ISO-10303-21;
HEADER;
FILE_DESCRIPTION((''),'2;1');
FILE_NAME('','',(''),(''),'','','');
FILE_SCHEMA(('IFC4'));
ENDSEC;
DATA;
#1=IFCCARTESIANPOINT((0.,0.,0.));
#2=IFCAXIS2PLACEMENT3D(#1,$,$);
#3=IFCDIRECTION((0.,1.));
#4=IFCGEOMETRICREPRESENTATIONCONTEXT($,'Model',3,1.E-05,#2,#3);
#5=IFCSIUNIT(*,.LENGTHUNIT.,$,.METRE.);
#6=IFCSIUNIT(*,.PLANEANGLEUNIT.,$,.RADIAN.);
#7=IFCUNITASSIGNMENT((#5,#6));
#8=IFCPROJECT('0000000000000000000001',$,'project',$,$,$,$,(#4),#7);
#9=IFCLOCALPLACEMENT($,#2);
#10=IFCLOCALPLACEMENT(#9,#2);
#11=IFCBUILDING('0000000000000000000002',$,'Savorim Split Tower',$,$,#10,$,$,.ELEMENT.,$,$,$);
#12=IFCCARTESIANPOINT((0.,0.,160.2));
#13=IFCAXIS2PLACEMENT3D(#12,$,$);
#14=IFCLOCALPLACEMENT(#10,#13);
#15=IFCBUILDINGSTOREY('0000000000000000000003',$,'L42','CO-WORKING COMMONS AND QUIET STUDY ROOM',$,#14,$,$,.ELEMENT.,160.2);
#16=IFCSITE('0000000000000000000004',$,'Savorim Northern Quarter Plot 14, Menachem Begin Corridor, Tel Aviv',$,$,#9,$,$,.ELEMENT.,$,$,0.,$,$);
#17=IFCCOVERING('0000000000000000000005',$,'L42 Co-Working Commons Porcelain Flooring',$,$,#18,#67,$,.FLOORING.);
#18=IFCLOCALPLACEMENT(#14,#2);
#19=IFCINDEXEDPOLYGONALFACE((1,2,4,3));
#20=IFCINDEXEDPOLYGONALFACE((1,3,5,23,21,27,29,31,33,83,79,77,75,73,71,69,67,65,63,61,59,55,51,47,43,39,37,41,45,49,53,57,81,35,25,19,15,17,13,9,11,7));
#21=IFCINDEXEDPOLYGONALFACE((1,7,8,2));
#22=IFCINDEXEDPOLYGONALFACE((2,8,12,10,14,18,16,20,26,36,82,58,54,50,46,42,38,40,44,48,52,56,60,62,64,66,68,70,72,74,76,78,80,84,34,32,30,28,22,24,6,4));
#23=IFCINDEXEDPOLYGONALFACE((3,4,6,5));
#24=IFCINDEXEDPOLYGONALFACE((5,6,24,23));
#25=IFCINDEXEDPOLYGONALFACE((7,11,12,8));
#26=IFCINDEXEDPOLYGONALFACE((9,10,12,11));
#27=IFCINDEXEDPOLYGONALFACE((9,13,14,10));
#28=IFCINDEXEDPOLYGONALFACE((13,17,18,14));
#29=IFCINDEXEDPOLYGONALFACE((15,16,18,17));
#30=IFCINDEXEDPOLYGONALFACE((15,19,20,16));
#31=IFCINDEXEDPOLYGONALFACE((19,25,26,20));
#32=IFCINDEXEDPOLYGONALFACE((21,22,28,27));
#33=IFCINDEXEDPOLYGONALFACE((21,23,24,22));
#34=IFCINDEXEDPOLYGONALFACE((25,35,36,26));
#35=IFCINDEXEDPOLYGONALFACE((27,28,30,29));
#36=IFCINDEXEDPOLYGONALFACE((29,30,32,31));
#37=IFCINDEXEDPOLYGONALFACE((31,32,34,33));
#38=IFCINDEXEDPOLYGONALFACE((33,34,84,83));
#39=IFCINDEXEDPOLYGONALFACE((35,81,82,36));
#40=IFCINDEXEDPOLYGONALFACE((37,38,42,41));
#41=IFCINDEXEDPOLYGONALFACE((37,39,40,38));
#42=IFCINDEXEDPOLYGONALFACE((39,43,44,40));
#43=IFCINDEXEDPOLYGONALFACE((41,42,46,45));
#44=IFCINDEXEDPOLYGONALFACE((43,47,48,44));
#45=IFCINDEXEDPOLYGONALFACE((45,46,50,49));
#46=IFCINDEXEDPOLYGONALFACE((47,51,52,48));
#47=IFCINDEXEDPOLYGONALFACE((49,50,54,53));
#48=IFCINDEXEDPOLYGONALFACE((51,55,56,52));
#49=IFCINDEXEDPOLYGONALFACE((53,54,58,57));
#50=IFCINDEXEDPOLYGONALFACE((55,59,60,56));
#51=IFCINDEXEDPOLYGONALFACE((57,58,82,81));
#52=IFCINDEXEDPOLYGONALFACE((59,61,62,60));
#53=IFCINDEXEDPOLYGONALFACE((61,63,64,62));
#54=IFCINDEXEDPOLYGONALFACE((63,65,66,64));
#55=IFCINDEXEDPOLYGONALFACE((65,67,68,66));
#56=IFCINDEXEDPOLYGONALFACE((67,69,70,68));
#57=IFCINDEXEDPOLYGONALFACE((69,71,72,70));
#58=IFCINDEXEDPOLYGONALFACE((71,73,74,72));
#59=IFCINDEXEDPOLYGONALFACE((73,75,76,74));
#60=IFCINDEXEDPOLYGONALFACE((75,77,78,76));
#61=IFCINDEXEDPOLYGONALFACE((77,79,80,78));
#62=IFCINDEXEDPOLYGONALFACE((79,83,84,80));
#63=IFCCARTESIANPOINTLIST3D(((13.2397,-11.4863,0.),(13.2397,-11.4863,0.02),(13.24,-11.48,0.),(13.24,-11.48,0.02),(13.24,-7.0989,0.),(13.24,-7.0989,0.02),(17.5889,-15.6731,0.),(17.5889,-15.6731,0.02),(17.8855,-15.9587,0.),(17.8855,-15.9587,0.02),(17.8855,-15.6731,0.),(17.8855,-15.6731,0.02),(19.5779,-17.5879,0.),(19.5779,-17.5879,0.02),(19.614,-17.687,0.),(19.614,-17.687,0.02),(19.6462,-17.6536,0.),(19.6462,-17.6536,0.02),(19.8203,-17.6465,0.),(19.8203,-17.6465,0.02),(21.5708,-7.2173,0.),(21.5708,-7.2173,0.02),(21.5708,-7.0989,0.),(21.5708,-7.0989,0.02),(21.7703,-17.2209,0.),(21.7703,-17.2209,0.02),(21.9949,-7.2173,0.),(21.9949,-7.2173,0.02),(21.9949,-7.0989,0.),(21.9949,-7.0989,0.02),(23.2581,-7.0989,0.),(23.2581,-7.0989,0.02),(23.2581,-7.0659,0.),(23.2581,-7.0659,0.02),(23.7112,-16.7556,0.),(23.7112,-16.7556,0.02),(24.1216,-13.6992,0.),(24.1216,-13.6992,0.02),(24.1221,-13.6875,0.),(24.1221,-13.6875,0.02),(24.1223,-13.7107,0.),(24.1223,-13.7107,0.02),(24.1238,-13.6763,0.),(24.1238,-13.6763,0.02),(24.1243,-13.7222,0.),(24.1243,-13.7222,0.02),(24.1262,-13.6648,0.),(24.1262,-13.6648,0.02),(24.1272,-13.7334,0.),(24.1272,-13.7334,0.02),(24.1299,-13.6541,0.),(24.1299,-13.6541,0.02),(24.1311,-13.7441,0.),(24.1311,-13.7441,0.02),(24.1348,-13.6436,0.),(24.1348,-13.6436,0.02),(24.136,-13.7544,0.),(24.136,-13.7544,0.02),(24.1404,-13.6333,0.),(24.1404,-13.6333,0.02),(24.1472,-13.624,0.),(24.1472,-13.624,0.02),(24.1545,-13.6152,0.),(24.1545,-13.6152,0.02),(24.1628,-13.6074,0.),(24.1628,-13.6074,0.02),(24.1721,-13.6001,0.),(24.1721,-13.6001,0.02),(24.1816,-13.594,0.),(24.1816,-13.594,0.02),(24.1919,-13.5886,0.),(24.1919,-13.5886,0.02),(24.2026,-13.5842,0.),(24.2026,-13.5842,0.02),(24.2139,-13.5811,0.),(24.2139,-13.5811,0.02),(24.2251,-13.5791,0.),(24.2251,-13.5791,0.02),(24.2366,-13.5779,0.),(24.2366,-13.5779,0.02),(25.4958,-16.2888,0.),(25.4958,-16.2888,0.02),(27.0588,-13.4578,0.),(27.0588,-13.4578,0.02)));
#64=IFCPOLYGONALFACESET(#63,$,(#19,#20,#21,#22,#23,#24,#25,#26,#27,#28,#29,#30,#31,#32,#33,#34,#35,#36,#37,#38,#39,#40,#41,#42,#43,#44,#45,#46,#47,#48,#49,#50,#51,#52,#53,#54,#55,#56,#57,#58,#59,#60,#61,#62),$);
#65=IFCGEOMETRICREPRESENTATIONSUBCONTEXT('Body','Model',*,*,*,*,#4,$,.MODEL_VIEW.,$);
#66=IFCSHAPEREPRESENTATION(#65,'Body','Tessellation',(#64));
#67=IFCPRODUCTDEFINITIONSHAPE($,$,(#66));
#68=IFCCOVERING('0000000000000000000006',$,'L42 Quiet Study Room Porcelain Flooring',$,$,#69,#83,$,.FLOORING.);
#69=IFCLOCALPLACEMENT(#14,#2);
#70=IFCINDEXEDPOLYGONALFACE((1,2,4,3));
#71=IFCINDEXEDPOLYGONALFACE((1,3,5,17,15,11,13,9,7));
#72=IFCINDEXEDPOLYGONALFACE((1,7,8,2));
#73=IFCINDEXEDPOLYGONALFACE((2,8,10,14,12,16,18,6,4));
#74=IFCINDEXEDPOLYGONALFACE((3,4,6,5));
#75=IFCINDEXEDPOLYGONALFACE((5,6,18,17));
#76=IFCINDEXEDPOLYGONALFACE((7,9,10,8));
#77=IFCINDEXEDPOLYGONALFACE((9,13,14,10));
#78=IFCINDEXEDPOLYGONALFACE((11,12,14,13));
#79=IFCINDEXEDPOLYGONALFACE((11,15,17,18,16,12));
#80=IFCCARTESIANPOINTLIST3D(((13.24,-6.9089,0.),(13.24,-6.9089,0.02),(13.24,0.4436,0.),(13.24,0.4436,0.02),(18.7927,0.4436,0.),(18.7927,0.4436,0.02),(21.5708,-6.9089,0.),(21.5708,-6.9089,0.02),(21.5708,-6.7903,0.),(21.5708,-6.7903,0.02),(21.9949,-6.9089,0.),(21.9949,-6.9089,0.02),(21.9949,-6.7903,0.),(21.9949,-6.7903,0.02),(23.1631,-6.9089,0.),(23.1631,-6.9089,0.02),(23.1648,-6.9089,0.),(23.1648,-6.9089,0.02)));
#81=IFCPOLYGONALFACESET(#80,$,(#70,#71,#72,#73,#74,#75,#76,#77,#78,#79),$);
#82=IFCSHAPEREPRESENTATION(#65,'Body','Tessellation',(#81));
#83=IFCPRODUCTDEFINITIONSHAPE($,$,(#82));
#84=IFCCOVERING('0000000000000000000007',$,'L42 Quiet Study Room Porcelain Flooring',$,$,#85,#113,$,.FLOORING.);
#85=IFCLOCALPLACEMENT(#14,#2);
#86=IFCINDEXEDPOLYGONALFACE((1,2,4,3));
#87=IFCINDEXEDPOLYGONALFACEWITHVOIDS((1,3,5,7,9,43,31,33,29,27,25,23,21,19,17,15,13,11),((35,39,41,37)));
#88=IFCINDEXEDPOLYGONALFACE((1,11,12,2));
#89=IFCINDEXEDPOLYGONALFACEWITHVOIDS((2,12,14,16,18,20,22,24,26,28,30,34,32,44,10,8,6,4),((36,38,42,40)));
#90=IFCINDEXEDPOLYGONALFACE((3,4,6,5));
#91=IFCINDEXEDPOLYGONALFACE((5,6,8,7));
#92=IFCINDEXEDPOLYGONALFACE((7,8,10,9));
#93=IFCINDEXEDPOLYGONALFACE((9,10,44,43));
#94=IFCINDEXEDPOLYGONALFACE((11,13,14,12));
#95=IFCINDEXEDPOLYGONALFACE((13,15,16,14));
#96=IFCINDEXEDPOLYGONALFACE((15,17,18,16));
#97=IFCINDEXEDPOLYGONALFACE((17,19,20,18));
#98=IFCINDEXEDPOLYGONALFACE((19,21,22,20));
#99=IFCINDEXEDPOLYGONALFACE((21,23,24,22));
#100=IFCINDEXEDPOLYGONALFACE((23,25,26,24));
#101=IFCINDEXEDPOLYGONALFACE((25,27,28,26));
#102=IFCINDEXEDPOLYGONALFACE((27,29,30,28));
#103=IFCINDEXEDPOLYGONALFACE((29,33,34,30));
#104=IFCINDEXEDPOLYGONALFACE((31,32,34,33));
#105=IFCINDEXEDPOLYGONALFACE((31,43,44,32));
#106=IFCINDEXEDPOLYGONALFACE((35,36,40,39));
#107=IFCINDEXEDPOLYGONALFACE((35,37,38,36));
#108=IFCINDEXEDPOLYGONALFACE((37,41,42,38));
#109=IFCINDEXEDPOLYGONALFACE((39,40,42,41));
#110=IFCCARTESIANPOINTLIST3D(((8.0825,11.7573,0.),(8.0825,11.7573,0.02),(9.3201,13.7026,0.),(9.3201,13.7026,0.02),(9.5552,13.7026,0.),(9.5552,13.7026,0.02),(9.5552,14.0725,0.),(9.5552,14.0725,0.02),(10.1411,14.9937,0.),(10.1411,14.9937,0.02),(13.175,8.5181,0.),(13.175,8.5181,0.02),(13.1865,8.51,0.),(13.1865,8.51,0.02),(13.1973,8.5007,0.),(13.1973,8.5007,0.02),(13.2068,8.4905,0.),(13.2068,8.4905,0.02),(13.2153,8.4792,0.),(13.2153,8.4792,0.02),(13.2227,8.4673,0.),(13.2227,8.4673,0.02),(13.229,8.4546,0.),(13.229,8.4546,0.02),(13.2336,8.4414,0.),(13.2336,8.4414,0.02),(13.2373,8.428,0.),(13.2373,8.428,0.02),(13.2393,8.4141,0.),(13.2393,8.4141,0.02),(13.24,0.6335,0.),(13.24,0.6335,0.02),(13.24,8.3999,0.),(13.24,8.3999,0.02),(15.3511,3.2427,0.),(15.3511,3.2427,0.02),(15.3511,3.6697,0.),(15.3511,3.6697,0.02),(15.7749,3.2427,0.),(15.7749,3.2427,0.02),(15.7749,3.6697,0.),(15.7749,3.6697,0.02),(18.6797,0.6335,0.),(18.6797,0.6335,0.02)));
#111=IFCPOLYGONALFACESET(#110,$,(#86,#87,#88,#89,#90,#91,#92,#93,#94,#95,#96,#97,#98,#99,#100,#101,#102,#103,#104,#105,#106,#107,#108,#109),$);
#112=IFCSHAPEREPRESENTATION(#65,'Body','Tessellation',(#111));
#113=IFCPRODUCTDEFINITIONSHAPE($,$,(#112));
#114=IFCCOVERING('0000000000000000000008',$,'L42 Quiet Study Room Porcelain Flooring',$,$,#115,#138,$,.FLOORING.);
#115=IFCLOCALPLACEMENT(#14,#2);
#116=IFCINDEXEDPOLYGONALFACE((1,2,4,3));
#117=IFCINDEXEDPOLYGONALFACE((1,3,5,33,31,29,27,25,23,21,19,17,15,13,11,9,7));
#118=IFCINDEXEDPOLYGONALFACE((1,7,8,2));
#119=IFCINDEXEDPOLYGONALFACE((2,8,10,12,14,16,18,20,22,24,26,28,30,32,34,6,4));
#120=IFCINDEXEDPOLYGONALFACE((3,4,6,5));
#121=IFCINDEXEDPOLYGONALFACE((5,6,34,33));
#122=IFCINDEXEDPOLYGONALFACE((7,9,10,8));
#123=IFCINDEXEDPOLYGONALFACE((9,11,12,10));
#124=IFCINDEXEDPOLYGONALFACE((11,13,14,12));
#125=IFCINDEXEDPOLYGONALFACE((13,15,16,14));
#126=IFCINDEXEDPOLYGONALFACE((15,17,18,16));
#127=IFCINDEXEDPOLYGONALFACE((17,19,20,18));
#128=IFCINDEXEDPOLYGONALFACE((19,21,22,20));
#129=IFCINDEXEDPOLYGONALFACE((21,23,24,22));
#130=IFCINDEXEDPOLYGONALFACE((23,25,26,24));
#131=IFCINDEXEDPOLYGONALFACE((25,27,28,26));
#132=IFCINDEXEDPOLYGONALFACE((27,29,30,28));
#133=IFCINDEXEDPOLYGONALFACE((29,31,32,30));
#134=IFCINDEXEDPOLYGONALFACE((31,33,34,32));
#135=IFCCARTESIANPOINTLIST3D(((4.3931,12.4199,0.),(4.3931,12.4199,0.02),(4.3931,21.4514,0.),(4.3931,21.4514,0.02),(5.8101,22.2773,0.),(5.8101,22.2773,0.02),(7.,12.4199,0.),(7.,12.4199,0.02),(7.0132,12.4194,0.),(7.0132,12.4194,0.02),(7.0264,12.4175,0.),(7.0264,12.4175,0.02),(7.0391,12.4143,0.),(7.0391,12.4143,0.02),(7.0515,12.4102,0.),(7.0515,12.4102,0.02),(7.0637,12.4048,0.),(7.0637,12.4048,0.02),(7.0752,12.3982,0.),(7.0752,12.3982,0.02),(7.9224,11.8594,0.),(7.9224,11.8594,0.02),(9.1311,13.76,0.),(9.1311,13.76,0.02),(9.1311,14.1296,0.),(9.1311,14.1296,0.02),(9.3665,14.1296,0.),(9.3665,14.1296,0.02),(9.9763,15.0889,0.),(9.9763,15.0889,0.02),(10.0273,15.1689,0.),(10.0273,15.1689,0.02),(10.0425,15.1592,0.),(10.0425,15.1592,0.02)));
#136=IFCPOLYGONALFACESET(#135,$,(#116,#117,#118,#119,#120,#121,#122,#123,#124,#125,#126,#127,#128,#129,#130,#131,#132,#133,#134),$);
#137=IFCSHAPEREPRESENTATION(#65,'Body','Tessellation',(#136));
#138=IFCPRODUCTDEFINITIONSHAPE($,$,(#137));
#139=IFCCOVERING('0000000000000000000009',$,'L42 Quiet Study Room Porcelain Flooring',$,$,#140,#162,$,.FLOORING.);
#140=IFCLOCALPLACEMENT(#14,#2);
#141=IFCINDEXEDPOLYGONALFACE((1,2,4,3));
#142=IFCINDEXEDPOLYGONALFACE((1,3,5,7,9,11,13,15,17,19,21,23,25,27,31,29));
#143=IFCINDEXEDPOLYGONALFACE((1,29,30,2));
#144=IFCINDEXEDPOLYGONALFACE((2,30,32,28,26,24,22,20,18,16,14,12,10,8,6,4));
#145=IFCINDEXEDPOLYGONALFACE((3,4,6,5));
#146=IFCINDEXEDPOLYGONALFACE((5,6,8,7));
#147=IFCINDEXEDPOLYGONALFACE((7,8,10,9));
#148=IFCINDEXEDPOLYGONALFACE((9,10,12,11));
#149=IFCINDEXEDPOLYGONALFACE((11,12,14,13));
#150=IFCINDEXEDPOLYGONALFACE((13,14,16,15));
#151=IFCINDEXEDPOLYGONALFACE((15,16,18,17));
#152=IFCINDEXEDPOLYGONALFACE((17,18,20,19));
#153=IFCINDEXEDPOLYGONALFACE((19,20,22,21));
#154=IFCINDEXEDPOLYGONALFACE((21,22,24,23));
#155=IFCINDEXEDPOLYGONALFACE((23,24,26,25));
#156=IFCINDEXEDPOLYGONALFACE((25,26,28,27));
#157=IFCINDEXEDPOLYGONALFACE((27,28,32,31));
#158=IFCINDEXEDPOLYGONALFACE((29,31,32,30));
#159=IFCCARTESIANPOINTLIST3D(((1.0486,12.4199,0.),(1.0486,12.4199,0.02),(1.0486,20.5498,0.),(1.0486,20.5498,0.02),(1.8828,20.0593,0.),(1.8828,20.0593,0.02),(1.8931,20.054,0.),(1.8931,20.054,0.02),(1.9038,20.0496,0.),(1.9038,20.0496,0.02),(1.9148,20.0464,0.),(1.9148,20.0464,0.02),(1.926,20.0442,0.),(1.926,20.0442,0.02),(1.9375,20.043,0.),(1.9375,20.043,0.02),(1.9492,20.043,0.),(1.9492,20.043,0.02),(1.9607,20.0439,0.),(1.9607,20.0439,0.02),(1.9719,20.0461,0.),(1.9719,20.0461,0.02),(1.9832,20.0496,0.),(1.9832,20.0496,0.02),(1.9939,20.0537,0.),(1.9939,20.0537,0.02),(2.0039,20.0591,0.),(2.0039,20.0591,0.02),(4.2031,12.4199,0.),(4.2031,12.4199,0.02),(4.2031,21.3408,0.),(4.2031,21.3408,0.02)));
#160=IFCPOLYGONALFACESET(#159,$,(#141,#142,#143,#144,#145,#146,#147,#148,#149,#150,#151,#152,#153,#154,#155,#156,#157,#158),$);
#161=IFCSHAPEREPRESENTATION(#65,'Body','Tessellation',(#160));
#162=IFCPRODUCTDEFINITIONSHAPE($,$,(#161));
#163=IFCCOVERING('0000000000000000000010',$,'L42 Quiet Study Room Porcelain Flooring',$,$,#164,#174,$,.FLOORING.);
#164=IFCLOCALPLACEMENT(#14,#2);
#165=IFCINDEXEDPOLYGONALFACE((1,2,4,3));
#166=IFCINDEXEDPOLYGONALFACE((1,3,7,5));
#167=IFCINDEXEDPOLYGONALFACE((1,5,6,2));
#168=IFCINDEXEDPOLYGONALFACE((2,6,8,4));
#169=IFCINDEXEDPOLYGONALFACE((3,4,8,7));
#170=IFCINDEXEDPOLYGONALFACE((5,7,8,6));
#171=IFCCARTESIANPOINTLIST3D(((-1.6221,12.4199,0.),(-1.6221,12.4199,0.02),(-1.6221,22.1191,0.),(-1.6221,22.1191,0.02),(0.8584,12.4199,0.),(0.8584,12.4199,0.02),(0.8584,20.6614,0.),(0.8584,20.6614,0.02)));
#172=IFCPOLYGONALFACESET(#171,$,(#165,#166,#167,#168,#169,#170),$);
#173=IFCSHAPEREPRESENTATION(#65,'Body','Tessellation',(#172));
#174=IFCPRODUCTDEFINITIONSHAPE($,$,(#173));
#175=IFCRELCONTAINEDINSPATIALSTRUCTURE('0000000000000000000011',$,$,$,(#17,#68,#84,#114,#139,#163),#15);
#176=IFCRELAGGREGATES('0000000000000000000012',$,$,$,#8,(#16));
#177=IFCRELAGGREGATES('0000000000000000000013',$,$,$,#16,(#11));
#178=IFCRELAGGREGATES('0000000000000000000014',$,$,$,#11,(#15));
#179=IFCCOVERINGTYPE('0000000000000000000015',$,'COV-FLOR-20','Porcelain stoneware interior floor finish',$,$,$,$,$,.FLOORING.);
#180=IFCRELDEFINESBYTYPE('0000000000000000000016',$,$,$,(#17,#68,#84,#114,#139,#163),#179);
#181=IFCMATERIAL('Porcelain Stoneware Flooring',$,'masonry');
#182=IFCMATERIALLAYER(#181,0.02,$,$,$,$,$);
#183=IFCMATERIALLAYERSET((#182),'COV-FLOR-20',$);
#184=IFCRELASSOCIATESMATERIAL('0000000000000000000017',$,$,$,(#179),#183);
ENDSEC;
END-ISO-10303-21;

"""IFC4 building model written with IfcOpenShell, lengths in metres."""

from ifc_helpers import new_model, si_unit, direction, frame, origin, place, context, subcontext, project, spatial, polyline, outline, extrude, material, layer, layer_set, type_object, element, save


model = new_model("IFC4")

# Units and contexts
model_context = context("Model", 3, precision=1e-05, world=origin(), true_north=direction((0.0, 1.0)))
body_context = subcontext(model_context, "Body", "Model", "MODEL_VIEW")
ifc_project = project(units=[si_unit("LENGTHUNIT", "METRE"), si_unit("PLANEANGLEUNIT", "RADIAN")], contexts=[model_context])

# Site, building, storey
site_placement = place(None, origin())
site = spatial("IfcSite", under=ifc_project, at=site_placement, Name="Savorim Northern Quarter Plot 14, Menachem Begin Corridor, Tel Aviv", CompositionType="ELEMENT", RefElevation=0.0)
building_placement = place(site_placement, origin())
building = spatial("IfcBuilding", under=site, at=building_placement, Name="Savorim Split Tower", CompositionType="ELEMENT")
storey_placement = place(building_placement, frame((0.0, 0.0, 160.2)))
storey = spatial("IfcBuildingStorey", under=building, at=storey_placement, Name="L42", Description="CO-WORKING COMMONS AND QUIET STUDY ROOM", CompositionType="ELEMENT", Elevation=160.2)

# Coverings
ifc_material = material(Name="Porcelain Stoneware Flooring", Category="masonry")
ifc_layer = layer(ifc_material, 0.02)
ifc_layer_set = layer_set([ifc_layer], Name="COV-FLOR-20")
covering_type = type_object("IfcCoveringType", Name="COV-FLOR-20", Description="Porcelain stoneware interior floor finish", PredefinedType="FLOORING", material=ifc_layer_set)
covering_1_placement = place(storey_placement, origin())
element("IfcCovering", 1, at=covering_1_placement, inside=storey, type_object=covering_type, Name="L42 Co-Working Commons Porcelain Flooring", PredefinedType="FLOORING", context=body_context, shape_type="SweptSolid", body=[
    extrude(outline(polyline([(24.2139, -13.5811), (24.2251, -13.5791), (24.2366, -13.5779), (27.0588, -13.4578), (23.2581, -7.0659), (23.2581, -7.0989), (21.9949, -7.0989), (21.9949, -7.2173), (21.5708, -7.2173), (21.5708, -7.0989), (13.24, -7.0989), (13.24, -11.48), (13.2397, -11.4863), (17.5889, -15.6731), (17.8855, -15.6731), (17.8855, -15.9587), (19.5779, -17.5879), (19.6462, -17.6536), (19.614, -17.687), (19.8203, -17.6465), (21.7703, -17.2209), (23.7112, -16.7556), (25.4958, -16.2888), (24.136, -13.7544), (24.1311, -13.7441), (24.1272, -13.7334), (24.1243, -13.7222), (24.1223, -13.7107), (24.1216, -13.6992), (24.1221, -13.6875), (24.1238, -13.6763), (24.1262, -13.6648), (24.1299, -13.6541), (24.1348, -13.6436), (24.1404, -13.6333), (24.1472, -13.624), (24.1545, -13.6152), (24.1628, -13.6074), (24.1721, -13.6001), (24.1816, -13.594), (24.1919, -13.5886), (24.2026, -13.5842), (24.2139, -13.5811)])), origin(), (0.0, 0.0, 1.0), 0.02),
])
covering_2_placement = place(storey_placement, origin())
element("IfcCovering", 2, at=covering_2_placement, inside=storey, type_object=covering_type, Name="L42 Quiet Study Room Porcelain Flooring", PredefinedType="FLOORING", context=body_context, shape_type="SweptSolid", body=[
    extrude(outline(polyline([(21.9949, -6.7903), (21.9949, -6.9089), (23.1631, -6.9089), (23.1648, -6.9089), (18.7927, 0.4436), (13.24, 0.4436), (13.24, -6.9089), (21.5708, -6.9089), (21.5708, -6.7903), (21.9949, -6.7903)])), origin(), (0.0, 0.0, 1.0), 0.02),
])
covering_3_placement = place(storey_placement, origin())
element("IfcCovering", 3, at=covering_3_placement, inside=storey, type_object=covering_type, Name="L42 Quiet Study Room Porcelain Flooring", PredefinedType="FLOORING", context=body_context, shape_type="SweptSolid", body=[
    extrude(outline(polyline([(13.2373, 8.428), (13.2393, 8.4141), (13.24, 8.3999), (13.24, 0.6335), (18.6797, 0.6335), (10.1411, 14.9937), (9.5552, 14.0725), (9.5552, 13.7026), (9.3201, 13.7026), (8.0825, 11.7573), (13.175, 8.5181), (13.1865, 8.51), (13.1973, 8.5007), (13.2068, 8.4905), (13.2153, 8.4792), (13.2227, 8.4673), (13.229, 8.4546), (13.2336, 8.4414), (13.2373, 8.428)]), holes=[polyline([(15.7749, 3.2427), (15.7749, 3.6697), (15.3511, 3.6697), (15.3511, 3.2427), (15.7749, 3.2427)])]), origin(), (0.0, 0.0, 1.0), 0.02),
])
covering_4_placement = place(storey_placement, origin())
element("IfcCovering", 4, at=covering_4_placement, inside=storey, type_object=covering_type, Name="L42 Quiet Study Room Porcelain Flooring", PredefinedType="FLOORING", context=body_context, shape_type="SweptSolid", body=[
    extrude(outline(polyline([(10.0273, 15.1689), (10.0425, 15.1592), (5.8101, 22.2773), (4.3931, 21.4514), (4.3931, 12.4199), (7.0, 12.4199), (7.0132, 12.4194), (7.0264, 12.4175), (7.0391, 12.4143), (7.0515, 12.4102), (7.0637, 12.4048), (7.0752, 12.3982), (7.9224, 11.8594), (9.1311, 13.76), (9.1311, 14.1296), (9.3665, 14.1296), (9.9763, 15.0889), (10.0273, 15.1689)])), origin(), (0.0, 0.0, 1.0), 0.02),
])
covering_5_placement = place(storey_placement, origin())
element("IfcCovering", 5, at=covering_5_placement, inside=storey, type_object=covering_type, Name="L42 Quiet Study Room Porcelain Flooring", PredefinedType="FLOORING", context=body_context, shape_type="SweptSolid", body=[
    extrude(outline(polyline([(1.9038, 20.0496), (1.8931, 20.054), (1.8828, 20.0593), (1.0486, 20.5498), (1.0486, 12.4199), (4.2031, 12.4199), (4.2031, 21.3408), (2.0039, 20.0591), (1.9939, 20.0537), (1.9832, 20.0496), (1.9719, 20.0461), (1.9607, 20.0439), (1.9492, 20.043), (1.9375, 20.043), (1.926, 20.0442), (1.9148, 20.0464), (1.9038, 20.0496)])), origin(), (0.0, 0.0, 1.0), 0.02),
])
covering_6_placement = place(storey_placement, origin())
element("IfcCovering", 6, at=covering_6_placement, inside=storey, type_object=covering_type, Name="L42 Quiet Study Room Porcelain Flooring", PredefinedType="FLOORING", context=body_context, shape_type="SweptSolid", body=[
    extrude(outline(polyline([(-1.6221, 12.4199), (0.8584, 12.4199), (0.8584, 20.6614), (-1.6221, 22.1191), (-1.6221, 12.4199)])), origin(), (0.0, 0.0, 1.0), 0.02),
])

save(model, "model.ifc")
